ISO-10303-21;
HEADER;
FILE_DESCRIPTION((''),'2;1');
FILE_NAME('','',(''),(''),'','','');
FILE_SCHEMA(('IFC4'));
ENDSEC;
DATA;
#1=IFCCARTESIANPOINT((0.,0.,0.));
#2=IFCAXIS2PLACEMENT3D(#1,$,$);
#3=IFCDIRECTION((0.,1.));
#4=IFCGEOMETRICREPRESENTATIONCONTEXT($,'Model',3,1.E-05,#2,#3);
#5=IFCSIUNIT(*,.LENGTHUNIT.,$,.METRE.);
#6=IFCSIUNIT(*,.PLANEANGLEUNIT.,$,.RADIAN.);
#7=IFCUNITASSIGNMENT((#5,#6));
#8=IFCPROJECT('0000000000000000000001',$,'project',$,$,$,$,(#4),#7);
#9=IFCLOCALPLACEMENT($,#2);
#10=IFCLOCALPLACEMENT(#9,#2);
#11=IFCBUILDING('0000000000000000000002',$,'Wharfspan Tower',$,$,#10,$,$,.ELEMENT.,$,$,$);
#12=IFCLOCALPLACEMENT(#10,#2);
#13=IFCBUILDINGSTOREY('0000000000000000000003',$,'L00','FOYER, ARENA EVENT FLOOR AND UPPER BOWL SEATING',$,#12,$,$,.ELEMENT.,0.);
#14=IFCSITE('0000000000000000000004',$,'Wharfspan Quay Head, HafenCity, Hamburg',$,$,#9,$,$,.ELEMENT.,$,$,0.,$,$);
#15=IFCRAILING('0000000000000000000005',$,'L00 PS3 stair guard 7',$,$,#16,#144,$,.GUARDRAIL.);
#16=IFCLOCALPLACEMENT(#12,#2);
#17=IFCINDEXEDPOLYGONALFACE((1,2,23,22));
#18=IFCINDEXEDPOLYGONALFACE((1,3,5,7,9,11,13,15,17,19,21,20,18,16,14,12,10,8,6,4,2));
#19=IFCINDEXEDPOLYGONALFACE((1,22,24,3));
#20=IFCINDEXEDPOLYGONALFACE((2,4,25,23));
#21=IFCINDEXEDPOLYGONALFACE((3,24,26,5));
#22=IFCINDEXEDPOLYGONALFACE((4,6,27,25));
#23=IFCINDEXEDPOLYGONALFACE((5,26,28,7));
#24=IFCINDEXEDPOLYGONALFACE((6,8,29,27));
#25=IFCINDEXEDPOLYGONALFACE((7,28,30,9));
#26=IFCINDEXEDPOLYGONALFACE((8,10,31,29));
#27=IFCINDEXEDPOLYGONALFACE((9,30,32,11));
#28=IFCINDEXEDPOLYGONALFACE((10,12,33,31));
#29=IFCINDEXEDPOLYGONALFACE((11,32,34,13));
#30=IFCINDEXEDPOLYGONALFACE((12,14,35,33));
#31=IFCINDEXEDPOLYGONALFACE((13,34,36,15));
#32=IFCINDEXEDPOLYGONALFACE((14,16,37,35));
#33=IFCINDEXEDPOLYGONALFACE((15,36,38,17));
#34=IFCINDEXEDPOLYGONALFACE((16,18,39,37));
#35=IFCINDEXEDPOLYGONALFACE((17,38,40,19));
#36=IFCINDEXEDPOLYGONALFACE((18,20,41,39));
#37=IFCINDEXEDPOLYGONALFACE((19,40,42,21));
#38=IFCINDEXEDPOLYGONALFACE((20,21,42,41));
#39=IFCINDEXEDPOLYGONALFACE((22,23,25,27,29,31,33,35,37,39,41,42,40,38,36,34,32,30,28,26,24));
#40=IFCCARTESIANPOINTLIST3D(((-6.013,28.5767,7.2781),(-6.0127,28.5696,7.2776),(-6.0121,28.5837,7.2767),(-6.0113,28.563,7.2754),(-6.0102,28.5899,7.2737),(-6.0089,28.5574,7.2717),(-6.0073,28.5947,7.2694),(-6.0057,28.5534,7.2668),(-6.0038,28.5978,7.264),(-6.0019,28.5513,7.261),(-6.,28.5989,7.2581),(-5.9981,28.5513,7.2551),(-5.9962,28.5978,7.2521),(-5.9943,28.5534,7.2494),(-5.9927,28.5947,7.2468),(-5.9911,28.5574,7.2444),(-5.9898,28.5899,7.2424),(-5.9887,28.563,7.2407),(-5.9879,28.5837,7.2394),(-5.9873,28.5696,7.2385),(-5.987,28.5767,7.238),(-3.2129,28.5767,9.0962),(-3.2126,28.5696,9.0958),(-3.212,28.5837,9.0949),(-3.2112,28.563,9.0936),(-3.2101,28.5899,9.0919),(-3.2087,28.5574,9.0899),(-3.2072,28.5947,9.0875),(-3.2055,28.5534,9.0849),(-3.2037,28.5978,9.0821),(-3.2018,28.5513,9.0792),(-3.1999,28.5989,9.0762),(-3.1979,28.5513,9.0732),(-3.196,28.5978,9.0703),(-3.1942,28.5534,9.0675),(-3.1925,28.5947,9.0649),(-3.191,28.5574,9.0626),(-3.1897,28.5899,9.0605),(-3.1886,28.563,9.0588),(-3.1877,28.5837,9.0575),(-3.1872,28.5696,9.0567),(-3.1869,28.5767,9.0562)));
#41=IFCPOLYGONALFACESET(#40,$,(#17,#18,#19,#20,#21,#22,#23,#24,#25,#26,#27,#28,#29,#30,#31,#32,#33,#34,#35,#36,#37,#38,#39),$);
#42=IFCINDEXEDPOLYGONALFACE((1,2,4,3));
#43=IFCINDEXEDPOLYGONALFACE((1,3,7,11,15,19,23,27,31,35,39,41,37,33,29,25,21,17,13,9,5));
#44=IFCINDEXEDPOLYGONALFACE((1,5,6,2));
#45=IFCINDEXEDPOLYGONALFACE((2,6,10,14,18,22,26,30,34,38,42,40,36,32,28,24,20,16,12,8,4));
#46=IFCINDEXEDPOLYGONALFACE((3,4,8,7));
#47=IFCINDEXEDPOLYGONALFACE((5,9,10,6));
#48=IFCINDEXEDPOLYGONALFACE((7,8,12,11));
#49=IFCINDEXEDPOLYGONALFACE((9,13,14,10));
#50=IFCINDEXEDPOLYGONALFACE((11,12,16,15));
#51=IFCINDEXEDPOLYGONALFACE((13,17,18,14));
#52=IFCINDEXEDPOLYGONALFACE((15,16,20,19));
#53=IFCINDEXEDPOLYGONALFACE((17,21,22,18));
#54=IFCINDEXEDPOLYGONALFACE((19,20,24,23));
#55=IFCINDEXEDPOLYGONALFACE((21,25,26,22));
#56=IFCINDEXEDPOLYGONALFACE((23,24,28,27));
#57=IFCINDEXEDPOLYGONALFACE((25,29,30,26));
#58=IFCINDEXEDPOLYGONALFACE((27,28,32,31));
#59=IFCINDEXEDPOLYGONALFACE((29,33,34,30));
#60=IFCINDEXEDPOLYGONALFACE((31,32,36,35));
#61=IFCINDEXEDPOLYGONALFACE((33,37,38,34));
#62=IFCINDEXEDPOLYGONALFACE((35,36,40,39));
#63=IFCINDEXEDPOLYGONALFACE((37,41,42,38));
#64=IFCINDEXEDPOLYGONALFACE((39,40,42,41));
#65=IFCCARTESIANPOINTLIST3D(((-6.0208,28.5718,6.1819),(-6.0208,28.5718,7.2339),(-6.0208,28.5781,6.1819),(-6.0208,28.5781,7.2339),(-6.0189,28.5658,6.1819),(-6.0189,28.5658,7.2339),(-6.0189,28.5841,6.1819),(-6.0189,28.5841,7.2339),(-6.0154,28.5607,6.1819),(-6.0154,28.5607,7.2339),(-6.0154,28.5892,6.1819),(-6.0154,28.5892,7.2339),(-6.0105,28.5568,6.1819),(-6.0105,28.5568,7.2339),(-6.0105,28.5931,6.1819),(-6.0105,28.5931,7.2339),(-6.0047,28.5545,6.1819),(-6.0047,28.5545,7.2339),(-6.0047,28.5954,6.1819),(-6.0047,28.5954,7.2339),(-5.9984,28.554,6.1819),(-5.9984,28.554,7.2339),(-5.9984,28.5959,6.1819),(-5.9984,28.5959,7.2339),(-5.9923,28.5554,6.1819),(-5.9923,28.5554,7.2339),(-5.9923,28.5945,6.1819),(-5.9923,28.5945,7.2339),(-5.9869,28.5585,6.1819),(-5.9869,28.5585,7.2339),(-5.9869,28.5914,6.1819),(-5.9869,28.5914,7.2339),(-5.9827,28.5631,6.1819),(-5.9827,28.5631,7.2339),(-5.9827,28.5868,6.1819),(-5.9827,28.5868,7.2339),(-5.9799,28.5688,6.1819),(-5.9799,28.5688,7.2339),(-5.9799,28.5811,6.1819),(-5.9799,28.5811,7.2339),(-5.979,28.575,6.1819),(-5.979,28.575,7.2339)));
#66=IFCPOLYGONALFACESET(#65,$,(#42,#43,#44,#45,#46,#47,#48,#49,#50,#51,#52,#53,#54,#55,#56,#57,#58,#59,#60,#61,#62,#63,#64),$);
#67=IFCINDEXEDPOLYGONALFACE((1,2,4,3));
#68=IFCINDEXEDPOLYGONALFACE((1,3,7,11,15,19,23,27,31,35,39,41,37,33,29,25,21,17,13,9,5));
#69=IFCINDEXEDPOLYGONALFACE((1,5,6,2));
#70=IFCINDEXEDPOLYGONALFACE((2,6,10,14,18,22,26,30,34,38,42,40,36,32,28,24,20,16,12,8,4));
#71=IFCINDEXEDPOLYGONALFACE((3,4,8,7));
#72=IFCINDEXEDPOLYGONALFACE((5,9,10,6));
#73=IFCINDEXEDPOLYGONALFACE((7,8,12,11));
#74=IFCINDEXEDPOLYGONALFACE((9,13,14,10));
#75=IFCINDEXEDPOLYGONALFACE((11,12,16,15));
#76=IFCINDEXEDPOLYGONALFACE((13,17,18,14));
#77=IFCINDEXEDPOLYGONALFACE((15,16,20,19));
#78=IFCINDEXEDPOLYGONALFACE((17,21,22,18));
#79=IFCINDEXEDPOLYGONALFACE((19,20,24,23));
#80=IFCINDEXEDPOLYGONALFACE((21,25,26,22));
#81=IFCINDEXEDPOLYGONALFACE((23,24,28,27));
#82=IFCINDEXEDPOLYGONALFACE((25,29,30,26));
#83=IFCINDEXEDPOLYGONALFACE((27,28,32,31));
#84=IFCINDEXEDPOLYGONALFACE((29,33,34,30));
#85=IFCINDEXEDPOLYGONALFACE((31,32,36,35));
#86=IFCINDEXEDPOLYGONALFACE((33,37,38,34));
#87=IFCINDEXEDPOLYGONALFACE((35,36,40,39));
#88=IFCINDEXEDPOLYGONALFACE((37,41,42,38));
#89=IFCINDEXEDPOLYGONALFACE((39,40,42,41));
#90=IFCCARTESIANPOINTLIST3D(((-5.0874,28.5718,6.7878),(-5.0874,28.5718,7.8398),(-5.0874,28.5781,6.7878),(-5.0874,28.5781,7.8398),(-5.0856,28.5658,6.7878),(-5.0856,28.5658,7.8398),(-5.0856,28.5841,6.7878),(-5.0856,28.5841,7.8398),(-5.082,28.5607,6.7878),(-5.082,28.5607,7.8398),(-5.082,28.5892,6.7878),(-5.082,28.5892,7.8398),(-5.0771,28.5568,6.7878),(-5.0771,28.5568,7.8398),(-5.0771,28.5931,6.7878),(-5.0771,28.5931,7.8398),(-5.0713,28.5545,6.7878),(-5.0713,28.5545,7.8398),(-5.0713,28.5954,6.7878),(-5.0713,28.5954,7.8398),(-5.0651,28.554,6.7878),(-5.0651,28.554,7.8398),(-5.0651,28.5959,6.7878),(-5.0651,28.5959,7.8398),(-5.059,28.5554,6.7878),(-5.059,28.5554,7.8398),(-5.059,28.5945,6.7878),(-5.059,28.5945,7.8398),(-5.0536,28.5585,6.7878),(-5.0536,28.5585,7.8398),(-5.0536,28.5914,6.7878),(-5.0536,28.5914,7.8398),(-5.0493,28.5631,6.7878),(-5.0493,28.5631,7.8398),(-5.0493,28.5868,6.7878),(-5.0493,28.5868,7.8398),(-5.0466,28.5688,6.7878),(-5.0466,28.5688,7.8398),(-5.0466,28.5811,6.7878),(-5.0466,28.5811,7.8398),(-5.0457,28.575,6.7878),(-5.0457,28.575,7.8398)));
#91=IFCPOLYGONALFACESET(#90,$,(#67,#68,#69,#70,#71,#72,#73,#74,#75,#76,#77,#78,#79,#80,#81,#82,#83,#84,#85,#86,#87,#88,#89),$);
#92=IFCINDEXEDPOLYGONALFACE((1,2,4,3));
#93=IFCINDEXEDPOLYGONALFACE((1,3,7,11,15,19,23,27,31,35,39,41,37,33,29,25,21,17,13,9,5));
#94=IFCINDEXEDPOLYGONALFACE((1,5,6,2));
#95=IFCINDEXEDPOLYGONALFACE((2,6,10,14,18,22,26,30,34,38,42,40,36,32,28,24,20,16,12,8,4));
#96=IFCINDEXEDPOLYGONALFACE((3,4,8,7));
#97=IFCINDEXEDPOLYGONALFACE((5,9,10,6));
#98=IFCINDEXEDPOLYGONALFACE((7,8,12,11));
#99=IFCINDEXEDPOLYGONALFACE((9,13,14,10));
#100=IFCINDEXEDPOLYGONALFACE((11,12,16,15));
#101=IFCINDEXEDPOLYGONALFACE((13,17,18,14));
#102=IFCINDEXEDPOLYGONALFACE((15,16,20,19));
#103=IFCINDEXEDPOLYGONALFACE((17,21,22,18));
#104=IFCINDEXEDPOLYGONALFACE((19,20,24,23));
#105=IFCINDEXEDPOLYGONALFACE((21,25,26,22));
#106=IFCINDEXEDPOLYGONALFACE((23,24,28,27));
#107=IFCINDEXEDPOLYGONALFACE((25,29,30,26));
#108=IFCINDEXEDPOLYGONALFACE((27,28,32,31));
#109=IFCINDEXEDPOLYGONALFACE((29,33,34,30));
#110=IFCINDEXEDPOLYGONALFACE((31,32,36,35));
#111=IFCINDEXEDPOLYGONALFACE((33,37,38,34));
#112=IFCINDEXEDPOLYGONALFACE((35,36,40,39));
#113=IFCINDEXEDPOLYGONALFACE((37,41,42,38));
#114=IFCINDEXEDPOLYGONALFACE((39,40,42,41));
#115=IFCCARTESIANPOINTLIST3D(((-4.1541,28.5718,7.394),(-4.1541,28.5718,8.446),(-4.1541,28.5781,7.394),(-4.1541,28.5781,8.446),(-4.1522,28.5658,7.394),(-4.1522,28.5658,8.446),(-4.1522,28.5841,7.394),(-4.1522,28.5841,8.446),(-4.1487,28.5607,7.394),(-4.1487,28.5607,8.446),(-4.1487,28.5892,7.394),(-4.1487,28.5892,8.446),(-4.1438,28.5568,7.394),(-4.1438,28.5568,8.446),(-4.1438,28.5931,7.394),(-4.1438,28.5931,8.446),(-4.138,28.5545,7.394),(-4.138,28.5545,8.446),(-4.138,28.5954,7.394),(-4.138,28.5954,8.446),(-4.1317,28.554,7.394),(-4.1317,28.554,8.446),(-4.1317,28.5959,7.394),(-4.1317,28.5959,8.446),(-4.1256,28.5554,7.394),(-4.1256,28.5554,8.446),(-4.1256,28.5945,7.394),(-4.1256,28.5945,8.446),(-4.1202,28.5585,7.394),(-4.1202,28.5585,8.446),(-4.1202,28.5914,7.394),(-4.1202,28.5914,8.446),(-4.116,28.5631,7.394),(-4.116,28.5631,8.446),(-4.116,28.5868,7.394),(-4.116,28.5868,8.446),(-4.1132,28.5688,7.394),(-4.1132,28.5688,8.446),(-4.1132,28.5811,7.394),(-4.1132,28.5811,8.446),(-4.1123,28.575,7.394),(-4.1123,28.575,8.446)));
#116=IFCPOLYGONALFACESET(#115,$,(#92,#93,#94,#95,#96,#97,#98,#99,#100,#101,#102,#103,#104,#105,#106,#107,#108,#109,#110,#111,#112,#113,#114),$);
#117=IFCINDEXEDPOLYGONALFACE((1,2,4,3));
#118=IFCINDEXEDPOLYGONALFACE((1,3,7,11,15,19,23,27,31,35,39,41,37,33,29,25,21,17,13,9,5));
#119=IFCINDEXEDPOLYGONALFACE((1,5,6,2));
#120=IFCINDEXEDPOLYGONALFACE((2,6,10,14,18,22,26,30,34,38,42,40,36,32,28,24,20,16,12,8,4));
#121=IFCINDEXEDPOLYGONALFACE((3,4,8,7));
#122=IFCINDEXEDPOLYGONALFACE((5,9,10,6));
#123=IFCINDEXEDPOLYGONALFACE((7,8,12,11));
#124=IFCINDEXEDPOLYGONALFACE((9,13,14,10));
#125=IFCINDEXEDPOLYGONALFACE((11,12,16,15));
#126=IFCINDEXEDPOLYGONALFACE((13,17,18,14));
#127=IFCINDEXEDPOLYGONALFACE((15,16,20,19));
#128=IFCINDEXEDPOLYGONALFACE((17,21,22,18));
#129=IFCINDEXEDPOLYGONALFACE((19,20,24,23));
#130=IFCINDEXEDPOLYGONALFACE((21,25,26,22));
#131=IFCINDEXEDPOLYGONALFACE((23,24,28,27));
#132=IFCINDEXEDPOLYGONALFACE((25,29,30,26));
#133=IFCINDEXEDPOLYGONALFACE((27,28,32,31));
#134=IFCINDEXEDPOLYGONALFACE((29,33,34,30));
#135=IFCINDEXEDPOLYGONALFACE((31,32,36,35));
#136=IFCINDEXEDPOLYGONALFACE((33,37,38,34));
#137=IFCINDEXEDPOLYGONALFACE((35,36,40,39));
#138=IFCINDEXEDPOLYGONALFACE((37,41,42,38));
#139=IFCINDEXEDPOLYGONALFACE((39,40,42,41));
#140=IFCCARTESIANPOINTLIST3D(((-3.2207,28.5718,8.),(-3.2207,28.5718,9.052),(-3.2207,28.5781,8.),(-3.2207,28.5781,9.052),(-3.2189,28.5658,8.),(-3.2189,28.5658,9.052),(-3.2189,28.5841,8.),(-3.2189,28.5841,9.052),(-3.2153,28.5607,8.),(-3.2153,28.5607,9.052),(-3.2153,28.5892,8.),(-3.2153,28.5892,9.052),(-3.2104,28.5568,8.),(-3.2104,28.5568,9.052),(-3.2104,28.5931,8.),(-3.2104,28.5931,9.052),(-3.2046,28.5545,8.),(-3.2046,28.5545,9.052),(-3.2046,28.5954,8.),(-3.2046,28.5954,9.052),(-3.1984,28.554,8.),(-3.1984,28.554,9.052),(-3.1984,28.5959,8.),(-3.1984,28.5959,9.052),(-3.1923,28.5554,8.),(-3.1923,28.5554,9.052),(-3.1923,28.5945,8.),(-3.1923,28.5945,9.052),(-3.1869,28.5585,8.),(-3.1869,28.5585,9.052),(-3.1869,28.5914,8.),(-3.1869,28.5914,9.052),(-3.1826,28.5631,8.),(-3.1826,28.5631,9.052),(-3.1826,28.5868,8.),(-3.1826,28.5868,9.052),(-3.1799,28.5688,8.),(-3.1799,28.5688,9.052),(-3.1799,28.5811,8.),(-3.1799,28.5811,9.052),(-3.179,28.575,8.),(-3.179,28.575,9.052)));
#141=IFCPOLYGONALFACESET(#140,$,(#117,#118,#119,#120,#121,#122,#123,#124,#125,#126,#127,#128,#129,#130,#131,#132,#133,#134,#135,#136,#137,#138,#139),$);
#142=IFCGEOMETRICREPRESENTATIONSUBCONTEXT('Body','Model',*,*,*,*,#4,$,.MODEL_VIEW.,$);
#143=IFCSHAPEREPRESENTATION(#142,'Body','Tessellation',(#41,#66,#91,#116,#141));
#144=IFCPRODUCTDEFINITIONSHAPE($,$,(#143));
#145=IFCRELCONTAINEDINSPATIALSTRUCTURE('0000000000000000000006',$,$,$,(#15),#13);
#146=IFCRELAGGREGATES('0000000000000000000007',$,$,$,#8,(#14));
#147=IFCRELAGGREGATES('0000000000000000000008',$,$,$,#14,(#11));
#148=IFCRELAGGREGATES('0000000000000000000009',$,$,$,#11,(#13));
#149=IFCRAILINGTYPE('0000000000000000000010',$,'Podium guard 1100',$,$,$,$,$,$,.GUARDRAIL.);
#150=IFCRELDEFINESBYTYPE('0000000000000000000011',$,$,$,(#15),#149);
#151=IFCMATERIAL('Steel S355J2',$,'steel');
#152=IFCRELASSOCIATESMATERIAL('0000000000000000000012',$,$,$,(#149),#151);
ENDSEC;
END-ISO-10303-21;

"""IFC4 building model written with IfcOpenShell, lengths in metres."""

from ifc_helpers import new_model, si_unit, direction, frame, origin, origin_2d, place, context, subcontext, project, spatial, circle, extrude, material, type_object, element, save


model = new_model("IFC4")

# Units and contexts
model_context = context("Model", 3, precision=1e-05, world=origin(), true_north=direction((0.0, 1.0)))
body_context = subcontext(model_context, "Body", "Model", "MODEL_VIEW")
ifc_project = project(units=[si_unit("LENGTHUNIT", "METRE"), si_unit("PLANEANGLEUNIT", "RADIAN")], contexts=[model_context])

# Site, building, storey
site_placement = place(None, origin())
site = spatial("IfcSite", under=ifc_project, at=site_placement, Name="Wharfspan Quay Head, HafenCity, Hamburg", CompositionType="ELEMENT", RefElevation=0.0)
building_placement = place(site_placement, origin())
building = spatial("IfcBuilding", under=site, at=building_placement, Name="Wharfspan Tower", CompositionType="ELEMENT")
storey_placement = place(building_placement, origin())
storey = spatial("IfcBuildingStorey", under=building, at=storey_placement, Name="L00", Description="FOYER, ARENA EVENT FLOOR AND UPPER BOWL SEATING", CompositionType="ELEMENT", Elevation=0.0)

# Railing
ifc_material_1 = material(Name="Steel S355J2", Category="steel")
railing_type_1 = type_object("IfcRailingType", Name="Podium guard 1100", PredefinedType="GUARDRAIL", material=ifc_material_1)
railing_1_placement = place(storey_placement, frame((-6.0, 28.575, 6.1819)))
element("IfcRailing", 1, at=railing_1_placement, inside=storey, type_object=railing_type_1, Name="L00 PS3 stair guard 7", PredefinedType="GUARDRAIL", context=body_context, shape_type="SweptSolid", body=[
    extrude(circle(Radius=0.0239, at=origin_2d()), frame((0.0, 0.0, 1.0762), z_axis=(0.838706, 0.0, 0.544585), x_axis=(0.0, 1.0, 0.0)), (0.0, 0.0, 1.0), 3.3386),
    extrude(circle(Radius=0.021, at=origin_2d()), origin(), (0.0, 0.0, 1.0), 1.052),
    extrude(circle(Radius=0.021, at=origin_2d()), frame((0.9334, 0.0, 0.606)), (0.0, 0.0, 1.0), 1.052),
    extrude(circle(Radius=0.021, at=origin_2d()), frame((1.8667, 0.0, 1.2122)), (0.0, 0.0, 1.0), 1.052),
    extrude(circle(Radius=0.021, at=origin_2d()), frame((2.8, 0.0, 1.8181)), (0.0, 0.0, 1.0), 1.052),
])

save(model, "model.ifc")
